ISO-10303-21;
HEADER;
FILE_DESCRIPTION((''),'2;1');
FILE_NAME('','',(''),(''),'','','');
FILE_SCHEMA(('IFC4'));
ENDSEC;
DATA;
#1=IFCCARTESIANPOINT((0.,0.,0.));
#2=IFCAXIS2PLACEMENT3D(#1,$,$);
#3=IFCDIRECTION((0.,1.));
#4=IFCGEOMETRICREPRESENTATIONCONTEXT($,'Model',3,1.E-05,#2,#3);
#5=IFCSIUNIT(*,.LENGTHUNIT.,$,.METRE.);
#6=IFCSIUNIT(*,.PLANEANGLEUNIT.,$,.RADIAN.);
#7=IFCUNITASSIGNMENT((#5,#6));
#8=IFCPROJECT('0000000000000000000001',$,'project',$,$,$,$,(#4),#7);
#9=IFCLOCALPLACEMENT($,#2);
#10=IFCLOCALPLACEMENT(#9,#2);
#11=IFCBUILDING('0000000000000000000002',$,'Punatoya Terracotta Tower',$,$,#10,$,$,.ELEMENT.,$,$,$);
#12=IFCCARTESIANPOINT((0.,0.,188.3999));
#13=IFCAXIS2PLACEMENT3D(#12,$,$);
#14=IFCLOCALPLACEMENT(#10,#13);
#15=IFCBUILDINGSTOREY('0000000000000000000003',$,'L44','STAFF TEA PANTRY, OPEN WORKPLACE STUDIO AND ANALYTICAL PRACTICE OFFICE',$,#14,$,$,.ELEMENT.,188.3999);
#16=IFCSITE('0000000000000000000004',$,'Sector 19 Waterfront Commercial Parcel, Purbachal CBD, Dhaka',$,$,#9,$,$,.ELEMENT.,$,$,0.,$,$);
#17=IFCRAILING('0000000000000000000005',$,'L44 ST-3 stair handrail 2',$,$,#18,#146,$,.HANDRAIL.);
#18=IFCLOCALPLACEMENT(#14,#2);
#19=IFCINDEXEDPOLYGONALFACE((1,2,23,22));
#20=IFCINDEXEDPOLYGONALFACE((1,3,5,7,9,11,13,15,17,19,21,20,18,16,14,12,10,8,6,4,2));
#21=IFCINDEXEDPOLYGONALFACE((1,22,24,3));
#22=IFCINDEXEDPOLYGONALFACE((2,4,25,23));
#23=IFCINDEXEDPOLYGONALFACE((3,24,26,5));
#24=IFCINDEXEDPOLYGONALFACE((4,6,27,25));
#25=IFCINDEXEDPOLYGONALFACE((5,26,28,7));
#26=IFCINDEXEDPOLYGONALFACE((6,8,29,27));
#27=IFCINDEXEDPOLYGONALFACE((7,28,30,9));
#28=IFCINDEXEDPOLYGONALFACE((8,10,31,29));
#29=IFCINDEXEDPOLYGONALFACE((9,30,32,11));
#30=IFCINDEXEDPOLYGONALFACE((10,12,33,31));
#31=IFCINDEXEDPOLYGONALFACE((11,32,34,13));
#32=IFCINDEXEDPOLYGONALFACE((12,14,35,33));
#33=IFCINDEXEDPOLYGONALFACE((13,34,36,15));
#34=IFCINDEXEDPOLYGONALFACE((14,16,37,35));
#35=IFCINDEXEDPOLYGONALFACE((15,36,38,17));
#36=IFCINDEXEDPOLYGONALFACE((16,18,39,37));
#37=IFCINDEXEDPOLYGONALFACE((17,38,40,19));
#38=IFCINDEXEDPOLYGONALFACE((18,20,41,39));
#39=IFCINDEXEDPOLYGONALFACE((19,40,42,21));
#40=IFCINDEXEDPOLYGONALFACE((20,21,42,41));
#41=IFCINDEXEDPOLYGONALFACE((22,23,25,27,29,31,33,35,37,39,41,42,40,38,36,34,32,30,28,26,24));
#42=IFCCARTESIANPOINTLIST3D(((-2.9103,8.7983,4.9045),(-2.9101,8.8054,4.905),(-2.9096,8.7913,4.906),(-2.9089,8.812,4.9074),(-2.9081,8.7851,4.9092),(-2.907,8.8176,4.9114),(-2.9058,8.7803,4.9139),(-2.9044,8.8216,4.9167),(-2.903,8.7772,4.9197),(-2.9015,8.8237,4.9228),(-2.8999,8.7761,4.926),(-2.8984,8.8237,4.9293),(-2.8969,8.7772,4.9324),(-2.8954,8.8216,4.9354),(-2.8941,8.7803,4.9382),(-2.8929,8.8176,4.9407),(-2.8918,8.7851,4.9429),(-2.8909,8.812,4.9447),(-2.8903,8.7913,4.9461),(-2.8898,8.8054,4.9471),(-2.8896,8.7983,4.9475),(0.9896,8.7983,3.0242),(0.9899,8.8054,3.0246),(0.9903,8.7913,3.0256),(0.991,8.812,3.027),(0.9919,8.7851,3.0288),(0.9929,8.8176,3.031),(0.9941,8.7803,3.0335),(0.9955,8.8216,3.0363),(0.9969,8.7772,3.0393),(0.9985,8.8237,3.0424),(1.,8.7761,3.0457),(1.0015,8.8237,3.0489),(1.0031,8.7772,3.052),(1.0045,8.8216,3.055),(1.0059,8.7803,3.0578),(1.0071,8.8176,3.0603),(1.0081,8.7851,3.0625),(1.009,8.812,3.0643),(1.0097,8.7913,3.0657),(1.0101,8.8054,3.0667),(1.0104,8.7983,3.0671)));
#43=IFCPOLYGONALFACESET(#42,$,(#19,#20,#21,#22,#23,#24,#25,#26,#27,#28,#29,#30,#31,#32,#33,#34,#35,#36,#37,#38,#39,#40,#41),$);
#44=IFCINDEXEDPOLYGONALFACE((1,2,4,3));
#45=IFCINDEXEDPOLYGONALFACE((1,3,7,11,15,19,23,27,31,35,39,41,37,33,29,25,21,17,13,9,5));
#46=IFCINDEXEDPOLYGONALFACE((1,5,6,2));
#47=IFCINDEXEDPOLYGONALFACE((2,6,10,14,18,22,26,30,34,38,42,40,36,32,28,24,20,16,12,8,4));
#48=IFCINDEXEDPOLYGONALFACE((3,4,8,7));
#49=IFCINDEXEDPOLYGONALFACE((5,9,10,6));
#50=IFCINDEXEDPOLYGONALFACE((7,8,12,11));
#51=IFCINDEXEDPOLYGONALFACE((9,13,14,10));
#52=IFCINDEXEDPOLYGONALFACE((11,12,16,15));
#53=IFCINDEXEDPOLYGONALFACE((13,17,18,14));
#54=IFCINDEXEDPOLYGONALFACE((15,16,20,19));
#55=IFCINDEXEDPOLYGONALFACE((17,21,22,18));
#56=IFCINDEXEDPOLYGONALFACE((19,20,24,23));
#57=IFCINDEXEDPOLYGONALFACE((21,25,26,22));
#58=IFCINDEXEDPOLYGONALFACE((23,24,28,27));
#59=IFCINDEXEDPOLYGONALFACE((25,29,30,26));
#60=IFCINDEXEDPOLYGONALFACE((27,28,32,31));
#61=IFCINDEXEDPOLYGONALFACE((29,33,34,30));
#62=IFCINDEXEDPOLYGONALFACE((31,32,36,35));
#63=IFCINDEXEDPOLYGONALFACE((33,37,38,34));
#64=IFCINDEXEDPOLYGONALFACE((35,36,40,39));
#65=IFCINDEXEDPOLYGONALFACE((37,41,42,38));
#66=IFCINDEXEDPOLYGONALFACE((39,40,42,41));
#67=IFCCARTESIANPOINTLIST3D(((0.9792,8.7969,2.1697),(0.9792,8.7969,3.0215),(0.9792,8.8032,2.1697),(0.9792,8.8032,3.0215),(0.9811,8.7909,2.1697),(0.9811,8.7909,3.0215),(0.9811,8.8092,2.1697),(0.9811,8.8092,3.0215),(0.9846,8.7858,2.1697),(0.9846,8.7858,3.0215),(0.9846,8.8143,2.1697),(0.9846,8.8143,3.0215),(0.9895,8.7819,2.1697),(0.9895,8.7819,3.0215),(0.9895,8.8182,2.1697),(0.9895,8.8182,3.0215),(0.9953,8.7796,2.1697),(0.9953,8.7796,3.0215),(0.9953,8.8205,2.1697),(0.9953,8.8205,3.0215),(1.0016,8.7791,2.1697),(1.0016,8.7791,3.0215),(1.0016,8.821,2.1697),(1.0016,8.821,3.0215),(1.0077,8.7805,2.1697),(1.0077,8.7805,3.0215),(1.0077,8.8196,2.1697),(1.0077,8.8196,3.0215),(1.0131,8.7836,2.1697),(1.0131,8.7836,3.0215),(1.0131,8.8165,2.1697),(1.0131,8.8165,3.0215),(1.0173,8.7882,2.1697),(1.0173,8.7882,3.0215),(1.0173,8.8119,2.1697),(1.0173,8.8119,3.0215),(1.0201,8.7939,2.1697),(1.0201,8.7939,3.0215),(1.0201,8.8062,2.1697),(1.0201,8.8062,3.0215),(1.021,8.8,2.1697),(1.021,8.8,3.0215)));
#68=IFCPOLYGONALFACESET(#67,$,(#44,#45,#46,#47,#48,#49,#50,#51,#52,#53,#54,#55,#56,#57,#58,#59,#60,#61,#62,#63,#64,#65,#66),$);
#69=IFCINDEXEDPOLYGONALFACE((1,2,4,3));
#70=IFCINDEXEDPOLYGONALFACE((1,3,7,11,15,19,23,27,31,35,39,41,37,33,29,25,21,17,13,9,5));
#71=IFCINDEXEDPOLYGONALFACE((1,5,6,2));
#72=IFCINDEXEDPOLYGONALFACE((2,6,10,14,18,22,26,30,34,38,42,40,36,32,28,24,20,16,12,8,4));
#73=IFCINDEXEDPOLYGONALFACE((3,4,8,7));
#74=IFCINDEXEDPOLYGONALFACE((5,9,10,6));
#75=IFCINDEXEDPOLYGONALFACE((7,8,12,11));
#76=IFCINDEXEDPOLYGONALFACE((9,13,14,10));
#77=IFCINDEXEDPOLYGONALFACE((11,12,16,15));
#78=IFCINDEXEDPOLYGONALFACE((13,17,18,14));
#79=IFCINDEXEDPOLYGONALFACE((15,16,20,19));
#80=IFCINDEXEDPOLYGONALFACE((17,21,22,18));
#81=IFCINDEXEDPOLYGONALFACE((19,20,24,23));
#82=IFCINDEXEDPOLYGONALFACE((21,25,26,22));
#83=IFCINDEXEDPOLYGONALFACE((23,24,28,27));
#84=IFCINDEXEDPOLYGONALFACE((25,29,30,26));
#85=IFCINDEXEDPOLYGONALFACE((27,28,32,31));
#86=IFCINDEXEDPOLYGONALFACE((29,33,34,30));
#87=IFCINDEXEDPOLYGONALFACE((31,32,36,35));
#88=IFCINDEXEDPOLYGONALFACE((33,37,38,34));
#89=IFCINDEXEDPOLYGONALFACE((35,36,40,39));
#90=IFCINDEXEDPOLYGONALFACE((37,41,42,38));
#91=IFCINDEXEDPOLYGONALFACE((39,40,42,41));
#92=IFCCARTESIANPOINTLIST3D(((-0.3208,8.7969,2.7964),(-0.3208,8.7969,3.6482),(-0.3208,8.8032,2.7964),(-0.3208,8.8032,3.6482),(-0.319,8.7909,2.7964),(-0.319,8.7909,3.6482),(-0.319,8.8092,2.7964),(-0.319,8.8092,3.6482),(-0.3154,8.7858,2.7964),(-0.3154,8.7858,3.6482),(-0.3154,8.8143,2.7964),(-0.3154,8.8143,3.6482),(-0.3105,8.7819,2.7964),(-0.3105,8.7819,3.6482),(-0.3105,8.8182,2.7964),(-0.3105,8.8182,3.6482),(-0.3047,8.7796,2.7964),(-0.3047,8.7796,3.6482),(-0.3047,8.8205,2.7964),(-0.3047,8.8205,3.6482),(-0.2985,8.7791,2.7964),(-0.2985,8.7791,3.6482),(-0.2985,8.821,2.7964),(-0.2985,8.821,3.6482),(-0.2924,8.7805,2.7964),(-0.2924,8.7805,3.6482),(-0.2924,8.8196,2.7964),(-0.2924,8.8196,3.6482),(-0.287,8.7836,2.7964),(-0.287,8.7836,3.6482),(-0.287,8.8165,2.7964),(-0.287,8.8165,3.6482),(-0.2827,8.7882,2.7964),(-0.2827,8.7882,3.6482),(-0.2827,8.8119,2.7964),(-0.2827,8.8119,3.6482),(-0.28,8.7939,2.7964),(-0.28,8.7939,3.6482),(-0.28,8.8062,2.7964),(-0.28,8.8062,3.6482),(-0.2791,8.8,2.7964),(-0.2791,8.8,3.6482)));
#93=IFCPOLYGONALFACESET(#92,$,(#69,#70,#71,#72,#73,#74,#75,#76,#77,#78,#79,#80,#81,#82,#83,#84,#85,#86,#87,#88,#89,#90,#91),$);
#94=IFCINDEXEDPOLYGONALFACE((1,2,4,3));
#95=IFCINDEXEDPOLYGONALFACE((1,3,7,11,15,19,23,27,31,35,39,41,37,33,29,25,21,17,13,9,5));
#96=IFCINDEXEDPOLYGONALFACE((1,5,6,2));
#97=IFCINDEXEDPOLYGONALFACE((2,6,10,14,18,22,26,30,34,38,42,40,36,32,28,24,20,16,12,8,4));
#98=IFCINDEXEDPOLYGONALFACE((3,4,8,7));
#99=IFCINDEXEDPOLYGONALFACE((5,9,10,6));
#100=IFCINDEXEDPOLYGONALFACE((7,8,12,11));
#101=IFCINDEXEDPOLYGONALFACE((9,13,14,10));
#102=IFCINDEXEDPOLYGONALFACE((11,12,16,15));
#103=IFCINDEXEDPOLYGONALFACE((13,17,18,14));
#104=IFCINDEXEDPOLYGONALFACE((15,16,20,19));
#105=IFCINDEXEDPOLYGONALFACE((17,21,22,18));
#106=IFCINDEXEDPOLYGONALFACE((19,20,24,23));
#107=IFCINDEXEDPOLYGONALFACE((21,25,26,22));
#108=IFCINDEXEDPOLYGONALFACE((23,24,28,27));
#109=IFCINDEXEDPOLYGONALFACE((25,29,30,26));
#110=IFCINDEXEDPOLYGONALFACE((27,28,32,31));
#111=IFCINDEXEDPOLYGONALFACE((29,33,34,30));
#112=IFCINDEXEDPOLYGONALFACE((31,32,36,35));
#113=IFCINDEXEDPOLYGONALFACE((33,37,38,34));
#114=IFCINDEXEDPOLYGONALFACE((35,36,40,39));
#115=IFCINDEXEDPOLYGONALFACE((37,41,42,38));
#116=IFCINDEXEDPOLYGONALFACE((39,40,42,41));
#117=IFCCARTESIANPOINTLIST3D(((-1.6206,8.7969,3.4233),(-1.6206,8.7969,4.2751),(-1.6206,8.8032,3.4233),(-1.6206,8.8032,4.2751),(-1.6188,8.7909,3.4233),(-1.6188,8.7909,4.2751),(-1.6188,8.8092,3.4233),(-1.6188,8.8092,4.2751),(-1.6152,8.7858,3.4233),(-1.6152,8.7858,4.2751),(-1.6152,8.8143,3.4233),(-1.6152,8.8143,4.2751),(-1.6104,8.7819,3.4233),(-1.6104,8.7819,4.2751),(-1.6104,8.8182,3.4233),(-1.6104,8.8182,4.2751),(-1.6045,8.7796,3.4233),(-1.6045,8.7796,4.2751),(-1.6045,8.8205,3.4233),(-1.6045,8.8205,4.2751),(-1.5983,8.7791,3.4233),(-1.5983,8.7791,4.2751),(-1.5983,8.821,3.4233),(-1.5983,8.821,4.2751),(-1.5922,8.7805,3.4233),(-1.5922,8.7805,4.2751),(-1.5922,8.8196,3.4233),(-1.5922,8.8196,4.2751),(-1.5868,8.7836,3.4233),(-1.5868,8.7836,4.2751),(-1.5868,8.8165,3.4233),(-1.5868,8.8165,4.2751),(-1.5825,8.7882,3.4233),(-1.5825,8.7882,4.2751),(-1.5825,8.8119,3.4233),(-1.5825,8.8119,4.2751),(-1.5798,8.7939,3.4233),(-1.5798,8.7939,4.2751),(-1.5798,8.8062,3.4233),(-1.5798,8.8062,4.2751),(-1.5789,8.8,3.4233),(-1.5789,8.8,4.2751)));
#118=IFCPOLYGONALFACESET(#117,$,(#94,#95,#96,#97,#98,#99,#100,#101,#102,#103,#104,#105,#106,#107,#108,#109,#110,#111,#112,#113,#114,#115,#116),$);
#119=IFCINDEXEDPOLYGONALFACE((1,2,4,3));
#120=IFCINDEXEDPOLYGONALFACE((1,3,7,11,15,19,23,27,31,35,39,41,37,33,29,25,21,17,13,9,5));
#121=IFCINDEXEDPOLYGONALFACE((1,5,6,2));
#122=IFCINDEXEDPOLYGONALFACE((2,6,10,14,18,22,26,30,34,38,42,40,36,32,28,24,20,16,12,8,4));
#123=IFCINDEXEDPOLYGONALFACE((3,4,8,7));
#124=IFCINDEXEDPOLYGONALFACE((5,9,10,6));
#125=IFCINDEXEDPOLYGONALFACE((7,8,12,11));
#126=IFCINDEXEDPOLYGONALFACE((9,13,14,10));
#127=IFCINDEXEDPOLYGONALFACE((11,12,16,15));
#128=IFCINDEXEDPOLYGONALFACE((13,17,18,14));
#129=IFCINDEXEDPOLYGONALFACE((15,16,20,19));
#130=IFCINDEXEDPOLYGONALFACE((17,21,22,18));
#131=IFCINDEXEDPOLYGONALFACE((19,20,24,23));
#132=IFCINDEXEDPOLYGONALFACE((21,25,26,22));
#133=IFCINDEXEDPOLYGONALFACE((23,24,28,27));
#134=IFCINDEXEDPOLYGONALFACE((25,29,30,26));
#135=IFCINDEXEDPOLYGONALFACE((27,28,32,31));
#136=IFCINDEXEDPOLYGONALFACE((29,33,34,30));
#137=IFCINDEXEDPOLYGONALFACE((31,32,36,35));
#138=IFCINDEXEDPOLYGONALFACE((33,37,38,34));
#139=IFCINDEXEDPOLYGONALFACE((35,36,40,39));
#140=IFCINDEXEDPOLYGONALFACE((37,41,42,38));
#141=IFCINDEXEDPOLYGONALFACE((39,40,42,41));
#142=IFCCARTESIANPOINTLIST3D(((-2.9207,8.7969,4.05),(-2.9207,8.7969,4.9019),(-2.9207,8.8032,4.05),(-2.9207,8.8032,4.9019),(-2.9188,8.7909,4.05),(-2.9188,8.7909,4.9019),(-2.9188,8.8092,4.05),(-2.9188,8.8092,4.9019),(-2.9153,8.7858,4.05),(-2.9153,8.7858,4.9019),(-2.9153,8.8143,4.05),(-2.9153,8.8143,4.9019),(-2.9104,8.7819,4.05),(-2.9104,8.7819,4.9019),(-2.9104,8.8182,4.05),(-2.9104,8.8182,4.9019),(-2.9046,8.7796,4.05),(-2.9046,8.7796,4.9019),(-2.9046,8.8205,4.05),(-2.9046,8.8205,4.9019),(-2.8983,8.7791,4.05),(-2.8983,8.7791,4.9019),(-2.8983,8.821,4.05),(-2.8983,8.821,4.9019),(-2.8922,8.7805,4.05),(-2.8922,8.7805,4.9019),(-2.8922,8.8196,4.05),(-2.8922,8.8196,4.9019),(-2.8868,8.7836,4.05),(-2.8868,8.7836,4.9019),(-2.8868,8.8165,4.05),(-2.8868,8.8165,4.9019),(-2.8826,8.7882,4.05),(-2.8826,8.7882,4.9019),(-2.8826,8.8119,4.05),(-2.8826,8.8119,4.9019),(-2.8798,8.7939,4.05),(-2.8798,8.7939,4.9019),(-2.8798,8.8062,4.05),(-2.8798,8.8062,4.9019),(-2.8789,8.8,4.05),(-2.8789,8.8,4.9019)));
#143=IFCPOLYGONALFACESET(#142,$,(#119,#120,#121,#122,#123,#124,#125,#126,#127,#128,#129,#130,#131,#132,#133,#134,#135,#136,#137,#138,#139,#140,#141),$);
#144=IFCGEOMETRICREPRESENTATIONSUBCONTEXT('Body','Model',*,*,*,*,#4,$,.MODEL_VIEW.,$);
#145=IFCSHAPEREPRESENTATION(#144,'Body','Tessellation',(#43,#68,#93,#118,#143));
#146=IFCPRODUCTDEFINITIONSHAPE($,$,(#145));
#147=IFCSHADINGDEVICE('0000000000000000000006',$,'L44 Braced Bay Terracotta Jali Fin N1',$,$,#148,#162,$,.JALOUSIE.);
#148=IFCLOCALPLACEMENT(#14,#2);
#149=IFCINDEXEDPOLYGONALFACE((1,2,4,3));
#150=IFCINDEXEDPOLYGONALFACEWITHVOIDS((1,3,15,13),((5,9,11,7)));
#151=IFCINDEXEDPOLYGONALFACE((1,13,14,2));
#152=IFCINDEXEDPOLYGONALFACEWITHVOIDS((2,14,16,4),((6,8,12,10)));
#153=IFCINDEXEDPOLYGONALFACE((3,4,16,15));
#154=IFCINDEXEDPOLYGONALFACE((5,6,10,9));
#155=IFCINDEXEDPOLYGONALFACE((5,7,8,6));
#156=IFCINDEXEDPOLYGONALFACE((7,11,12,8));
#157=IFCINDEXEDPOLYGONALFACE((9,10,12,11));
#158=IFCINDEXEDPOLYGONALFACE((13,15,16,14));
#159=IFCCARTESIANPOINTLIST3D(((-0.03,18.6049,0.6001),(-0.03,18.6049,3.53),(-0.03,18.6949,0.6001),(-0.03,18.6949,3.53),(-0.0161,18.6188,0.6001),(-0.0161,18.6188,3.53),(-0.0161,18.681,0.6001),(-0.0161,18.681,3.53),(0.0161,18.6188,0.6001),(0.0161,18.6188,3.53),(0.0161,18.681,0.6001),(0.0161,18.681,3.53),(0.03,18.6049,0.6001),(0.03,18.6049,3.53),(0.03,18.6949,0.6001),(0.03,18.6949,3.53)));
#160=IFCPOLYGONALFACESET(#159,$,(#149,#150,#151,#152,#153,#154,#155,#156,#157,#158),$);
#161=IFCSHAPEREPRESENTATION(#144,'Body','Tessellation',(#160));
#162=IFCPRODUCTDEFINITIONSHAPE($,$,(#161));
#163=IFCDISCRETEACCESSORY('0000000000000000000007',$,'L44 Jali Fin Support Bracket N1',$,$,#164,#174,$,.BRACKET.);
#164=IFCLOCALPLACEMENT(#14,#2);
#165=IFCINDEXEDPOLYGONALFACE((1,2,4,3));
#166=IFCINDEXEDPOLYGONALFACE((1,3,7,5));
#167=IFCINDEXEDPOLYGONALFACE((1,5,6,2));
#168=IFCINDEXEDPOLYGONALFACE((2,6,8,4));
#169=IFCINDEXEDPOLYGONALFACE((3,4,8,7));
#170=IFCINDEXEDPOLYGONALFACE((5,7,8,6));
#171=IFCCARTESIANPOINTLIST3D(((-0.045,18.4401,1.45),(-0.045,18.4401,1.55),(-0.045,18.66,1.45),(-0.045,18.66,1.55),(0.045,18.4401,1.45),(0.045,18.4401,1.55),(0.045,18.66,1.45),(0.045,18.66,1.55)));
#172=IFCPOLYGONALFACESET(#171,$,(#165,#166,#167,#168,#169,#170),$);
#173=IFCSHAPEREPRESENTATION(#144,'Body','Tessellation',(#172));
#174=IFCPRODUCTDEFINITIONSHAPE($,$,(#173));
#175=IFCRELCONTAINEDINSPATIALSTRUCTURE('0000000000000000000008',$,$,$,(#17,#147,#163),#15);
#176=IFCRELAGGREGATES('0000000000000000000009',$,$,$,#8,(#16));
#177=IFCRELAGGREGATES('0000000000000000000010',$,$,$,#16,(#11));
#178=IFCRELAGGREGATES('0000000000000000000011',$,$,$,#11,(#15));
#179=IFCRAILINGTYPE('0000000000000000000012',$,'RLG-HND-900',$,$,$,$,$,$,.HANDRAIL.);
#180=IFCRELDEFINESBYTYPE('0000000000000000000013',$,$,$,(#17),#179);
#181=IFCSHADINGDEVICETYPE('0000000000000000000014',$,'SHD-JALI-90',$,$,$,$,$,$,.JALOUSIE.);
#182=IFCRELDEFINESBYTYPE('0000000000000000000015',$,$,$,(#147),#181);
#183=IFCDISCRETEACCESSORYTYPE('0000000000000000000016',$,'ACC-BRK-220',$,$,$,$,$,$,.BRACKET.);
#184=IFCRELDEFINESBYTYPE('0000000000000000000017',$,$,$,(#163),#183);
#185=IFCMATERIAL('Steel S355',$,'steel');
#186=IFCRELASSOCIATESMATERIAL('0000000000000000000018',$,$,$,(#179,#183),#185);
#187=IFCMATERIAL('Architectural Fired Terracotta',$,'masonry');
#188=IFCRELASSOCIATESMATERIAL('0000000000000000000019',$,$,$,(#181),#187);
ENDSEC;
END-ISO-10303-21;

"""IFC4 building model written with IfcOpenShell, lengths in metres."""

from ifc_helpers import new_model, si_unit, direction, frame, origin, origin_2d, place, context, subcontext, project, spatial, rectangle, hollow_rectangle, circle, extrude, material, material_profile, profile_set, type_object, element, save


model = new_model("IFC4")

# Units and contexts
model_context = context("Model", 3, precision=1e-05, world=origin(), true_north=direction((0.0, 1.0)))
body_context = subcontext(model_context, "Body", "Model", "MODEL_VIEW")
ifc_project = project(units=[si_unit("LENGTHUNIT", "METRE"), si_unit("PLANEANGLEUNIT", "RADIAN")], contexts=[model_context])

# Site, building, storey
site_placement = place(None, origin())
site = spatial("IfcSite", under=ifc_project, at=site_placement, Name="Sector 19 Waterfront Commercial Parcel, Purbachal CBD, Dhaka", CompositionType="ELEMENT", RefElevation=0.0)
building_placement = place(site_placement, origin())
building = spatial("IfcBuilding", under=site, at=building_placement, Name="Punatoya Terracotta Tower", CompositionType="ELEMENT")
storey_placement = place(building_placement, frame((0.0, 0.0, 188.3999)))
storey = spatial("IfcBuildingStorey", under=building, at=storey_placement, Name="L44", Description="STAFF TEA PANTRY, OPEN WORKPLACE STUDIO AND ANALYTICAL PRACTICE OFFICE", CompositionType="ELEMENT", Elevation=188.3999)

# Shared definitions
ifc_material_1 = material(Name="Steel S355", Category="steel")

# Railing
railing_type_1 = type_object("IfcRailingType", Name="RLG-HND-900", PredefinedType="HANDRAIL", material=ifc_material_1)
railing_1_placement = place(storey_placement, frame((1.0, 8.8, 2.1697)))
element("IfcRailing", 1, at=railing_1_placement, inside=storey, type_object=railing_type_1, Name="L44 ST-3 stair handrail 2", PredefinedType="HANDRAIL", context=body_context, shape_type="SweptSolid", body=[
    extrude(circle(Radius=0.0239, at=origin_2d()), frame((0.0, 0.0, 0.876), z_axis=(-0.900763, 0.0, 0.434311), x_axis=(0.0, -1.0, 0.0)), (0.0, 0.0, 1.0), 4.3296),
    extrude(circle(Radius=0.021, at=origin_2d()), origin(), (0.0, 0.0, 1.0), 0.8518),
    extrude(circle(Radius=0.021, at=origin_2d()), frame((-1.3, 0.0, 0.6267)), (0.0, 0.0, 1.0), 0.8518),
    extrude(circle(Radius=0.021, at=origin_2d()), frame((-2.5999, 0.0, 1.2537)), (0.0, 0.0, 1.0), 0.8518),
    extrude(circle(Radius=0.021, at=origin_2d()), frame((-3.8999, 0.0, 1.8804)), (0.0, 0.0, 1.0), 0.8518),
])

# Shading device
ifc_material_2 = material(Name="Architectural Fired Terracotta", Category="masonry")
ifc_material_profile_1 = material_profile(ifc_material_2, hollow_rectangle(XDim=0.0601, YDim=0.0901, WallThickness=0.0139, at=origin_2d()))
ifc_profile_set_1 = profile_set([ifc_material_profile_1], Name="Architectural Fired Terracotta")
shading_device_type = type_object("IfcShadingDeviceType", Name="SHD-JALI-90", PredefinedType="JALOUSIE", material=ifc_profile_set_1)
shading_device_placement = place(storey_placement, frame((0.0, 18.6499, 0.6001), z_axis=(0.0, 0.0, 1.0), x_axis=(1.0, 0.0, 0.0)))
element("IfcShadingDevice", 2, at=shading_device_placement, inside=storey, type_object=shading_device_type, Name="L44 Braced Bay Terracotta Jali Fin N1", PredefinedType="JALOUSIE", context=body_context, shape_type="SweptSolid", body=[
    extrude(hollow_rectangle(XDim=0.0601, YDim=0.0901, WallThickness=0.0139, at=origin_2d()), origin(), (0.0, 0.0, 1.0), 2.9299),
])

# Discrete accessory
discrete_accessory_type = type_object("IfcDiscreteAccessoryType", Name="ACC-BRK-220", PredefinedType="BRACKET", material=ifc_material_1)
discrete_accessory_placement = place(storey_placement, frame((0.0, 18.55, 1.45), z_axis=(0.0, 0.0, 1.0), x_axis=(-1.0, 0.0, 0.0)))
element("IfcDiscreteAccessory", 3, at=discrete_accessory_placement, inside=storey, type_object=discrete_accessory_type, Name="L44 Jali Fin Support Bracket N1", PredefinedType="BRACKET", context=body_context, shape_type="SweptSolid", body=[
    extrude(rectangle(XDim=0.0901, YDim=0.22, at=origin_2d()), origin(), (0.0, 0.0, 1.0), 0.1001),
])

save(model, "model.ifc")
